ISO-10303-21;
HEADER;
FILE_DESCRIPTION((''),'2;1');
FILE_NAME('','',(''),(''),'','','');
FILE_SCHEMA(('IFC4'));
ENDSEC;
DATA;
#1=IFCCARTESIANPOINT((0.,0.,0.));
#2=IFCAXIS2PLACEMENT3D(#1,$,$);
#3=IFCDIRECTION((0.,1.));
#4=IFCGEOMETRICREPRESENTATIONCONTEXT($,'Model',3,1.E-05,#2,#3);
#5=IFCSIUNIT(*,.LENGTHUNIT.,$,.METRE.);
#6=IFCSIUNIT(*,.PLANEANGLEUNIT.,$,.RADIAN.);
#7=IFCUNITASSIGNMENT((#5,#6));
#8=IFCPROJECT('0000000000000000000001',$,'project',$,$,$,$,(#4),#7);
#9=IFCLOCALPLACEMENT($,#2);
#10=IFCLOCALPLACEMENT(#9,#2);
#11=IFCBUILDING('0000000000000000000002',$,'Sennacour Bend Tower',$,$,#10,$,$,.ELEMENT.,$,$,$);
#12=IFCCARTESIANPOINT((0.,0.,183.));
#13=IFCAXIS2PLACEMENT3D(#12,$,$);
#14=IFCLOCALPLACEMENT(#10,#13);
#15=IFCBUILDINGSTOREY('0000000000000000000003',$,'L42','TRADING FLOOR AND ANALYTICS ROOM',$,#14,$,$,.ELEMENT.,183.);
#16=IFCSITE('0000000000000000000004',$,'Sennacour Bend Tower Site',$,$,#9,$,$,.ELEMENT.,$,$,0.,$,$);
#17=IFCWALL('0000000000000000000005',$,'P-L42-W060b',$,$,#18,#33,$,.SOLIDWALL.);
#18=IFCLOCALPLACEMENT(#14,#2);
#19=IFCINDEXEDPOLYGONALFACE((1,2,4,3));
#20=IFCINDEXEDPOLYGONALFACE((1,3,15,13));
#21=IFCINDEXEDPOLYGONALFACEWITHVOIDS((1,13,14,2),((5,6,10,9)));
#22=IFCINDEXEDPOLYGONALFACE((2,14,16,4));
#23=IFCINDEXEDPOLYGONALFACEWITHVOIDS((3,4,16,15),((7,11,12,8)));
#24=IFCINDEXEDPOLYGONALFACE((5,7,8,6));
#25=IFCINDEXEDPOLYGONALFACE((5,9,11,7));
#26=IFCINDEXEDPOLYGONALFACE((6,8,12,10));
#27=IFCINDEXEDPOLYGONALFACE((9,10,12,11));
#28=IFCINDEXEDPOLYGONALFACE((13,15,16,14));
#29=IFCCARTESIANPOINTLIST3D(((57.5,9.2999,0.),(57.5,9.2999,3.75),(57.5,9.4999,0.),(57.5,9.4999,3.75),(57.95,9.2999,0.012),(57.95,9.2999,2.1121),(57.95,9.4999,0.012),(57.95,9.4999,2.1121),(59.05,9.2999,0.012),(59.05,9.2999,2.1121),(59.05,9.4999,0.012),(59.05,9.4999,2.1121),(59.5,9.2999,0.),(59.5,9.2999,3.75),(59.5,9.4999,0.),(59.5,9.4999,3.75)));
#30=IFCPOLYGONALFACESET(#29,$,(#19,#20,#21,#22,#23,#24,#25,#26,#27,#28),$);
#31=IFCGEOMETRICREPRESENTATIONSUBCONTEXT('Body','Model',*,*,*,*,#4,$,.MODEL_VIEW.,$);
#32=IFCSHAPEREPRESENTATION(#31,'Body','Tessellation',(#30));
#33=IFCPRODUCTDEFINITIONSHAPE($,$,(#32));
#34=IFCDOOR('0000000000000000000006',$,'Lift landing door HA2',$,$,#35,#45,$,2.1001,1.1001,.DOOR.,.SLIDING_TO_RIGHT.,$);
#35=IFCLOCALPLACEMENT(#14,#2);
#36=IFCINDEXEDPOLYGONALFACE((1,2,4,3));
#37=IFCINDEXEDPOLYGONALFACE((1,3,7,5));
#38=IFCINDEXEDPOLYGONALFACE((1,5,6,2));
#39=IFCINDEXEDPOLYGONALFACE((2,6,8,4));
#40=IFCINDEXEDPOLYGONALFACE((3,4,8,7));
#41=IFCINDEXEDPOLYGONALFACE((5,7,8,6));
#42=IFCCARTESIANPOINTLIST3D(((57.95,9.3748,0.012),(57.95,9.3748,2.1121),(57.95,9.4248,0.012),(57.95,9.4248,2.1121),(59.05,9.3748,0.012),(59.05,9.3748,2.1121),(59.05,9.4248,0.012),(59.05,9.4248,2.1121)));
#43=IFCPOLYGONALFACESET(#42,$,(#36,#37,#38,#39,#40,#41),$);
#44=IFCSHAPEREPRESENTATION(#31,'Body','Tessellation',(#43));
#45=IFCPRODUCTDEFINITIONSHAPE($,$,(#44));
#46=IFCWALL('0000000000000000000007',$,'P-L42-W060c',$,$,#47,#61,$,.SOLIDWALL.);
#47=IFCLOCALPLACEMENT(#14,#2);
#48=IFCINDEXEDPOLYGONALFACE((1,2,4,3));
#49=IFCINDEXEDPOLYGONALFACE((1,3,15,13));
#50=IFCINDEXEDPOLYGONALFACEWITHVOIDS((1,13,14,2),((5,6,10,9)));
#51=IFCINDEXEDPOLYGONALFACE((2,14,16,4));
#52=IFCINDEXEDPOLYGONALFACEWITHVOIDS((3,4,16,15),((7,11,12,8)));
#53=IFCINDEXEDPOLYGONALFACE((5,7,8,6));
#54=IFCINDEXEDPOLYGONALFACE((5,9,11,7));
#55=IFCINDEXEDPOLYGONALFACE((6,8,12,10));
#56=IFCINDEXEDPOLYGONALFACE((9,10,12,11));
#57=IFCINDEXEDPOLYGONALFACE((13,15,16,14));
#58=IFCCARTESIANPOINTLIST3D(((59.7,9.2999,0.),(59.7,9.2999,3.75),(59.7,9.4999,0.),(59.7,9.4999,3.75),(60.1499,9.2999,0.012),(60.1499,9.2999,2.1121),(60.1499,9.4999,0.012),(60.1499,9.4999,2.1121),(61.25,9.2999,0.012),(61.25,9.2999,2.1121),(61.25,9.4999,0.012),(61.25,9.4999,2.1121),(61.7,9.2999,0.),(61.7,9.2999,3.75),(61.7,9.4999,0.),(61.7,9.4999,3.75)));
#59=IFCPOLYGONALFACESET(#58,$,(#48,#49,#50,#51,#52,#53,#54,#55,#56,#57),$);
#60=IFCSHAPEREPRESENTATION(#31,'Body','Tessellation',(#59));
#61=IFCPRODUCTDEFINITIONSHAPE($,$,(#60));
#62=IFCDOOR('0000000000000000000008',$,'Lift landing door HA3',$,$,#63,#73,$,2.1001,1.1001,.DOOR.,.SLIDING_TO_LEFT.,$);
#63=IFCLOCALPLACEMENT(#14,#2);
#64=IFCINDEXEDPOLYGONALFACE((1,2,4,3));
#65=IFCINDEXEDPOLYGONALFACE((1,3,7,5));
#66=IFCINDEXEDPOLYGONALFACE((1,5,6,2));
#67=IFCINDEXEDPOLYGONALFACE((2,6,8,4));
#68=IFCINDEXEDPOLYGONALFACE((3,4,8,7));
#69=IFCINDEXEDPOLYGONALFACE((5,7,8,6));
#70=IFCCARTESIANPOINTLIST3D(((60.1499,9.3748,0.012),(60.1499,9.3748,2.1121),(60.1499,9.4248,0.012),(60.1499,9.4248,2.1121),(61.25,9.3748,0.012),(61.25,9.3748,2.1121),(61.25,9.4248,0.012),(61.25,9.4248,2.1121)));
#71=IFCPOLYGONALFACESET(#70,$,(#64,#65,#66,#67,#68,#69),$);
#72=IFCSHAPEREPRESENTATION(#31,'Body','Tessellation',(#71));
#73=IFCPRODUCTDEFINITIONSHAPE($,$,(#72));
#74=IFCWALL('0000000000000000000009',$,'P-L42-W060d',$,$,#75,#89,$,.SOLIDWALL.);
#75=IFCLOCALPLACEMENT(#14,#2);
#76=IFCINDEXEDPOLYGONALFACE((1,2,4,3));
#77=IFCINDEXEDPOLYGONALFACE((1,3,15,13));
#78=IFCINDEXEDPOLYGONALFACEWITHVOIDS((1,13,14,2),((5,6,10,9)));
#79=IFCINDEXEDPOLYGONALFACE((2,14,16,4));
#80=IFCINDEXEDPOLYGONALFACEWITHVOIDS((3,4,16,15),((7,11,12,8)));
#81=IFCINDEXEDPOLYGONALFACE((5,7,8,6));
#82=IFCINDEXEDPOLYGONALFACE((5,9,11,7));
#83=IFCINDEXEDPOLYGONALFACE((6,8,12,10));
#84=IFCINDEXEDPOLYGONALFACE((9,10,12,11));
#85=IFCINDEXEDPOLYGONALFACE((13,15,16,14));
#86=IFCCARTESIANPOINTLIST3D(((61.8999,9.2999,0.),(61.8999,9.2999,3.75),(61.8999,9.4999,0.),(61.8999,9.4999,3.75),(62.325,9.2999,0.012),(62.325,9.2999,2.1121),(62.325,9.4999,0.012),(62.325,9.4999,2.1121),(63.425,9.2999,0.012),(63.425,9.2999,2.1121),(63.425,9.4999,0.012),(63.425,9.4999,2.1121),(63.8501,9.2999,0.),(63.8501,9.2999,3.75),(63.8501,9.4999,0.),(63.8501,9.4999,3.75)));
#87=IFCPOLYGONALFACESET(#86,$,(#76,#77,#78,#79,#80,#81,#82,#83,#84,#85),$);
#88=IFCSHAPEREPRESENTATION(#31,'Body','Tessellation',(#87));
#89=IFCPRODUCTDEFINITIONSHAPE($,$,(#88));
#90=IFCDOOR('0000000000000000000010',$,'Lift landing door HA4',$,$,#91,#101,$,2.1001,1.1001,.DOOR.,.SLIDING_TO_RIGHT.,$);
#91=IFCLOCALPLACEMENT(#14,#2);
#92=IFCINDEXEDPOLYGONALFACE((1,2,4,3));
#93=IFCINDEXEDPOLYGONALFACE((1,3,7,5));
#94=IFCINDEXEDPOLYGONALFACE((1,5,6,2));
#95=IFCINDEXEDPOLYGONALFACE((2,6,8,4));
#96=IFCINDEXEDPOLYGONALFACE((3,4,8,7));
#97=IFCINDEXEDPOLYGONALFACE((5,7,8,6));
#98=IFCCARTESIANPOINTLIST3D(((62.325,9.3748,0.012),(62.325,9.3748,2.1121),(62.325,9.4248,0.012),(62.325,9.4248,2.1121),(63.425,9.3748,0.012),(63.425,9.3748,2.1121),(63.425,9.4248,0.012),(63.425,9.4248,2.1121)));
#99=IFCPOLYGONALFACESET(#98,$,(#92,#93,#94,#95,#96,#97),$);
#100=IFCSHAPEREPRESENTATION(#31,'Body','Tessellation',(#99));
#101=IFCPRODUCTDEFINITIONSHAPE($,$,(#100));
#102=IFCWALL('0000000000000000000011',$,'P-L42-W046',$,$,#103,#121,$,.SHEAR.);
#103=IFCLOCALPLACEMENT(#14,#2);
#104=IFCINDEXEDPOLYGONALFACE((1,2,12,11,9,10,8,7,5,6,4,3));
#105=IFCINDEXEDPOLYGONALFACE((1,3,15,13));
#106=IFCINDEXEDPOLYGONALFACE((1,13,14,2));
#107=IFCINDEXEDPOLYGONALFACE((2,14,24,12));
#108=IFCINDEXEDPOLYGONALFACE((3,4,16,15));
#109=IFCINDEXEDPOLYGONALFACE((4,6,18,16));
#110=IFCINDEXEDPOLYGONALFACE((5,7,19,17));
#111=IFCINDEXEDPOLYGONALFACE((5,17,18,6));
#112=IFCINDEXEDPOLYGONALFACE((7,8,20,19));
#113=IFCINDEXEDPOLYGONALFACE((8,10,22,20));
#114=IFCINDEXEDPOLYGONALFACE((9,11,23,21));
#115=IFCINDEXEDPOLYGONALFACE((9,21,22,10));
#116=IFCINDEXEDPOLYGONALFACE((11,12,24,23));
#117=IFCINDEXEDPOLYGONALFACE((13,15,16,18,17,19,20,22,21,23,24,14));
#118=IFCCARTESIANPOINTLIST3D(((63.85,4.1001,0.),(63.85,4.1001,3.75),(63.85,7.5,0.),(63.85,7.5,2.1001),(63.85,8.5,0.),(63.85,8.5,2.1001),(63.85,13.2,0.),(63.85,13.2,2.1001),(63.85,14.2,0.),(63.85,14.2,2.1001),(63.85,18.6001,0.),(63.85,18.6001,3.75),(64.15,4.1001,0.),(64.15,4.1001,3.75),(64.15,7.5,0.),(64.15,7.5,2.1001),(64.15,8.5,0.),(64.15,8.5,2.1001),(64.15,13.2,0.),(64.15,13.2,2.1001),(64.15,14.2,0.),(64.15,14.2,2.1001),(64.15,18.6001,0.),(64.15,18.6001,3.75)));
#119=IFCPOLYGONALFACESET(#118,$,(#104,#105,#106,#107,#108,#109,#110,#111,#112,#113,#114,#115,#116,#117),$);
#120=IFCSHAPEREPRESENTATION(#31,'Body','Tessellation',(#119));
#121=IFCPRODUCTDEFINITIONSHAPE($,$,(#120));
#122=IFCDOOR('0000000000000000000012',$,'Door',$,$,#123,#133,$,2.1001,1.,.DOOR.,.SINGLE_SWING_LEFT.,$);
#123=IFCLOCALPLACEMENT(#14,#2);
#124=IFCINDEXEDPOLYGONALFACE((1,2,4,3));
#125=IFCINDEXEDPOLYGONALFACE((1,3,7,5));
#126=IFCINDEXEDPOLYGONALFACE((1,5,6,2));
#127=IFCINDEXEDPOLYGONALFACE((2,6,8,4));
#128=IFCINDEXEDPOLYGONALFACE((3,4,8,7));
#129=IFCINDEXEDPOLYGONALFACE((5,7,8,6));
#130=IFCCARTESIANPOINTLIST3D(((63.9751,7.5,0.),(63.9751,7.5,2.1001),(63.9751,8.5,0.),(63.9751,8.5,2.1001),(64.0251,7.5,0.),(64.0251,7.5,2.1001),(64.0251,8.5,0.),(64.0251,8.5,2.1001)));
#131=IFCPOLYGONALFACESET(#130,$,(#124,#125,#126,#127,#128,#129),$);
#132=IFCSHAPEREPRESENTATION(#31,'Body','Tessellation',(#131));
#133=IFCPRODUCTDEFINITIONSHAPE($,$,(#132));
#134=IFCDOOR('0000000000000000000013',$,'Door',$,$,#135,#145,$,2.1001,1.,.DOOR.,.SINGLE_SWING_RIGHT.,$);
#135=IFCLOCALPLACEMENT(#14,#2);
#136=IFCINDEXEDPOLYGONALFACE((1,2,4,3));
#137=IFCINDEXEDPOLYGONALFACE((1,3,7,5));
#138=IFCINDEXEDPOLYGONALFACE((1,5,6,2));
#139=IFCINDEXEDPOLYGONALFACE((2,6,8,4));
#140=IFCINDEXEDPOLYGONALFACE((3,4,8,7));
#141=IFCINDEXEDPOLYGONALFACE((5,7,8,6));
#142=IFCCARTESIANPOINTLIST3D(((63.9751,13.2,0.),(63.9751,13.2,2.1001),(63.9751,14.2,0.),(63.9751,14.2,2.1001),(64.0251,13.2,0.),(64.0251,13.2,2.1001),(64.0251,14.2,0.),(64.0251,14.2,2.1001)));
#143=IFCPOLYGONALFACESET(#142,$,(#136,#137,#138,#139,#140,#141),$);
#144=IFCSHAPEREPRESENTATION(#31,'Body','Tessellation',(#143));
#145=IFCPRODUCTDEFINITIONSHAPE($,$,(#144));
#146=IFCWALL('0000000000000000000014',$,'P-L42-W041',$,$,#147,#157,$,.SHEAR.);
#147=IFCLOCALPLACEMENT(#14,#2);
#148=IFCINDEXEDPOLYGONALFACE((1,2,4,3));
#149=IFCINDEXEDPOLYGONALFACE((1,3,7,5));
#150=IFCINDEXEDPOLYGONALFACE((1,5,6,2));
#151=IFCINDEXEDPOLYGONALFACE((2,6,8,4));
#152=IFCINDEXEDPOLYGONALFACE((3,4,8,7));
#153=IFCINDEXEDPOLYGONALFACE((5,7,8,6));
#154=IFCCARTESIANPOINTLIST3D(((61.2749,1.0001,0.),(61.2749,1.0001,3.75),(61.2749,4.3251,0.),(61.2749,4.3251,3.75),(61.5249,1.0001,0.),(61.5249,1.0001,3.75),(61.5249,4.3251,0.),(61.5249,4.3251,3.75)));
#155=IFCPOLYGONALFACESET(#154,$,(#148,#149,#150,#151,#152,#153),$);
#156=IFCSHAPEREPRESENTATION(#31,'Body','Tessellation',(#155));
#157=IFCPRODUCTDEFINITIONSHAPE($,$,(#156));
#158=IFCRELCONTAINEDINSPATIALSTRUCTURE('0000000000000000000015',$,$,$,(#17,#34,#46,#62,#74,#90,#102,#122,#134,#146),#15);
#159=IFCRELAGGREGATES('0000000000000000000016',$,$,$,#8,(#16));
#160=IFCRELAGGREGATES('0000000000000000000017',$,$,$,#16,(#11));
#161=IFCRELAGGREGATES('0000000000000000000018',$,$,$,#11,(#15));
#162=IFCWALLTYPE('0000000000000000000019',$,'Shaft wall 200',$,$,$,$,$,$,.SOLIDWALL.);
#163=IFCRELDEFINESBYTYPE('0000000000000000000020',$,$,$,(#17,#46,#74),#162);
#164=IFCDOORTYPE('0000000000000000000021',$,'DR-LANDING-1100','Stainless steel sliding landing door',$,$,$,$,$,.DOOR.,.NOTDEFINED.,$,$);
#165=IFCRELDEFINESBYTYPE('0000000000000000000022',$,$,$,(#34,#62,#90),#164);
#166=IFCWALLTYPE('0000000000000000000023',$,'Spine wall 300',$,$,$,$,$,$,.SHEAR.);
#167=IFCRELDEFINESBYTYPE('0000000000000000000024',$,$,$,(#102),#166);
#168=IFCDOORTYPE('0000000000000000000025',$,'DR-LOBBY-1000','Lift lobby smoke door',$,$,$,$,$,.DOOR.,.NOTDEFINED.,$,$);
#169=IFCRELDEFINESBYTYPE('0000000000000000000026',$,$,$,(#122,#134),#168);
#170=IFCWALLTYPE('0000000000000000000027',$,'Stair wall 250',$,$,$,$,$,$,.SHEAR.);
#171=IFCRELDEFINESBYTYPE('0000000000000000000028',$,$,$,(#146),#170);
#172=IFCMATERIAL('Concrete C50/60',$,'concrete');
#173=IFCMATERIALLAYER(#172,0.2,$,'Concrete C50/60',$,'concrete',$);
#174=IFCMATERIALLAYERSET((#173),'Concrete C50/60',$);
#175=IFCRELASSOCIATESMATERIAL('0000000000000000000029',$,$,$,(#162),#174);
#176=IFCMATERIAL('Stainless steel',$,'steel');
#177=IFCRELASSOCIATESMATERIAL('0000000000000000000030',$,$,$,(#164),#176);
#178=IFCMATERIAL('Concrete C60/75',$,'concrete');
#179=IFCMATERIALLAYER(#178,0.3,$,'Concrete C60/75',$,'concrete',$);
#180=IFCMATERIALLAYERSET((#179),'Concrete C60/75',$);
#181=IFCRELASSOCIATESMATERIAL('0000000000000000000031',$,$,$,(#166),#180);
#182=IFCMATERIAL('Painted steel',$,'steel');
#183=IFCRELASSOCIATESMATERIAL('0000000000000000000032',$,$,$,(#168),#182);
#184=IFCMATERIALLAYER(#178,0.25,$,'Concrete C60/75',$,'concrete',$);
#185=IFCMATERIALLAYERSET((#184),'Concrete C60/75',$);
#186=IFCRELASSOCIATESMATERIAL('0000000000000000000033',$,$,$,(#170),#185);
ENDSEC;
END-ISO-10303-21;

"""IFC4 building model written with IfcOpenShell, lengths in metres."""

from ifc_helpers import new_model, si_unit, direction, frame, frame_2d, origin, place, context, subcontext, project, spatial, rectangle, extrude, material, layer, layer_set, type_object, element, fill, save


model = new_model("IFC4")

# Units and contexts
model_context = context("Model", 3, precision=1e-05, world=origin(), true_north=direction((0.0, 1.0)))
body_context = subcontext(model_context, "Body", "Model", "MODEL_VIEW")
ifc_project = project(units=[si_unit("LENGTHUNIT", "METRE"), si_unit("PLANEANGLEUNIT", "RADIAN")], contexts=[model_context])

# Site, building, storey
site_placement = place(None, origin())
site = spatial("IfcSite", under=ifc_project, at=site_placement, Name="Sennacour Bend Tower Site", CompositionType="ELEMENT", RefElevation=0.0)
building_placement = place(site_placement, origin())
building = spatial("IfcBuilding", under=site, at=building_placement, Name="Sennacour Bend Tower", CompositionType="ELEMENT")
storey_placement = place(building_placement, frame((0.0, 0.0, 183.0)))
storey = spatial("IfcBuildingStorey", under=building, at=storey_placement, Name="L42", Description="TRADING FLOOR AND ANALYTICS ROOM", CompositionType="ELEMENT", Elevation=183.0)

# Shared definitions
ifc_material_1 = material(Name="Concrete C60/75", Category="concrete")

# Shared definitions
ifc_material_2 = material(Name="Painted steel", Category="steel")

# Shared definitions
ifc_material_3 = material(Name="Concrete C50/60", Category="concrete")
ifc_layer_1 = layer(ifc_material_3, 0.2, Name="Concrete C50/60", Category="concrete")
ifc_layer_set_1 = layer_set([ifc_layer_1], Name="Concrete C50/60")
wall_type_1 = type_object("IfcWallType", Name="Shaft wall 200", PredefinedType="SOLIDWALL", material=ifc_layer_set_1)

# Walls, openings, doors
wall_1_placement = place(storey_placement, frame((57.5, 9.3999, 0.0), z_axis=(0.0, 0.0, 1.0), x_axis=(1.0, 0.0, 0.0)))
wall_1 = element("IfcWall", 1, at=wall_1_placement, inside=storey, type_object=wall_type_1, Name="P-L42-W060b", PredefinedType="SOLIDWALL", context=body_context, shape_type="SweptSolid", body=[
    extrude(rectangle(XDim=2.0, YDim=0.2, at=frame_2d((1.0, 0.0))), origin(), (0.0, 0.0, 1.0), 3.75),
])
opening_1_placement = place(wall_1_placement, frame((0.45, 0.0, 0.012)))
opening_1 = element("IfcOpeningElement", 2, at=opening_1_placement, cuts=wall_1, PredefinedType="OPENING", context=body_context, shape_type="SweptSolid", body=[
    extrude(rectangle(XDim=1.1001, YDim=2.1001, at=frame_2d((0.55, 1.05))), frame((0.0, 0.1099, 0.0), z_axis=(0.0, -1.0, 0.0), x_axis=(1.0, 0.0, 0.0)), (0.0, 0.0, 1.0), 0.22),
])
ifc_material_4 = material(Name="Stainless steel", Category="steel")
door_type_1 = type_object("IfcDoorType", Name="DR-LANDING-1100", Description="Stainless steel sliding landing door", OperationType="NOTDEFINED", PredefinedType="DOOR", material=ifc_material_4)
door_1_placement = place(opening_1_placement, origin())
door_1 = element("IfcDoor", 3, at=door_1_placement, inside=storey, type_object=door_type_1, Name="Lift landing door HA2", OperationType="SLIDING_TO_RIGHT", OverallHeight=2.1001, OverallWidth=1.1001, PredefinedType="DOOR", context=body_context, shape_type="SweptSolid", body=[
    extrude(rectangle(XDim=1.1001, YDim=2.1001, at=frame_2d((0.55, 1.05))), frame((0.0, 0.0249, 0.0), z_axis=(0.0, -1.0, 0.0), x_axis=(1.0, 0.0, 0.0)), (0.0, 0.0, 1.0), 0.05),
])
fill(opening_1, door_1)
wall_2_placement = place(storey_placement, frame((59.7, 9.3999, 0.0), z_axis=(0.0, 0.0, 1.0), x_axis=(1.0, 0.0, 0.0)))
wall_2 = element("IfcWall", 4, at=wall_2_placement, inside=storey, type_object=wall_type_1, Name="P-L42-W060c", PredefinedType="SOLIDWALL", context=body_context, shape_type="SweptSolid", body=[
    extrude(rectangle(XDim=2.0, YDim=0.2, at=frame_2d((1.0, 0.0))), origin(), (0.0, 0.0, 1.0), 3.75),
])
opening_2_placement = place(wall_2_placement, frame((0.45, 0.0, 0.012)))
opening_2 = element("IfcOpeningElement", 5, at=opening_2_placement, cuts=wall_2, PredefinedType="OPENING", context=body_context, shape_type="SweptSolid", body=[
    extrude(rectangle(XDim=1.1001, YDim=2.1001, at=frame_2d((0.55, 1.05))), frame((0.0, 0.1099, 0.0), z_axis=(0.0, -1.0, 0.0), x_axis=(1.0, 0.0, 0.0)), (0.0, 0.0, 1.0), 0.22),
])
door_2_placement = place(opening_2_placement, origin())
door_2 = element("IfcDoor", 6, at=door_2_placement, inside=storey, type_object=door_type_1, Name="Lift landing door HA3", OperationType="SLIDING_TO_LEFT", OverallHeight=2.1001, OverallWidth=1.1001, PredefinedType="DOOR", context=body_context, shape_type="SweptSolid", body=[
    extrude(rectangle(XDim=1.1001, YDim=2.1001, at=frame_2d((0.55, 1.05))), frame((0.0, 0.0249, 0.0), z_axis=(0.0, -1.0, 0.0), x_axis=(1.0, 0.0, 0.0)), (0.0, 0.0, 1.0), 0.05),
])
fill(opening_2, door_2)
wall_3_placement = place(storey_placement, frame((61.8999, 9.3999, 0.0), z_axis=(0.0, 0.0, 1.0), x_axis=(1.0, 0.0, 0.0)))
wall_3 = element("IfcWall", 7, at=wall_3_placement, inside=storey, type_object=wall_type_1, Name="P-L42-W060d", PredefinedType="SOLIDWALL", context=body_context, shape_type="SweptSolid", body=[
    extrude(rectangle(XDim=1.9502, YDim=0.2, at=frame_2d((0.9751, 0.0))), origin(), (0.0, 0.0, 1.0), 3.75),
])
opening_3_placement = place(wall_3_placement, frame((0.425, 0.0, 0.012)))
opening_3 = element("IfcOpeningElement", 8, at=opening_3_placement, cuts=wall_3, PredefinedType="OPENING", context=body_context, shape_type="SweptSolid", body=[
    extrude(rectangle(XDim=1.1001, YDim=2.1001, at=frame_2d((0.55, 1.05))), frame((0.0, 0.1099, 0.0), z_axis=(0.0, -1.0, 0.0), x_axis=(1.0, 0.0, 0.0)), (0.0, 0.0, 1.0), 0.22),
])
door_3_placement = place(opening_3_placement, origin())
door_3 = element("IfcDoor", 9, at=door_3_placement, inside=storey, type_object=door_type_1, Name="Lift landing door HA4", OperationType="SLIDING_TO_RIGHT", OverallHeight=2.1001, OverallWidth=1.1001, PredefinedType="DOOR", context=body_context, shape_type="SweptSolid", body=[
    extrude(rectangle(XDim=1.1001, YDim=2.1001, at=frame_2d((0.55, 1.05))), frame((0.0, 0.0249, 0.0), z_axis=(0.0, -1.0, 0.0), x_axis=(1.0, 0.0, 0.0)), (0.0, 0.0, 1.0), 0.05),
])
fill(opening_3, door_3)

# Wall, openings, doors
ifc_layer_2 = layer(ifc_material_1, 0.3, Name="Concrete C60/75", Category="concrete")
ifc_layer_set_2 = layer_set([ifc_layer_2], Name="Concrete C60/75")
wall_type_2 = type_object("IfcWallType", Name="Spine wall 300", PredefinedType="SHEAR", material=ifc_layer_set_2)
wall_4_placement = place(storey_placement, frame((64.0, 4.1001, 0.0), z_axis=(0.0, 0.0, 1.0), x_axis=(0.0, 1.0, 0.0)))
wall_4 = element("IfcWall", 10, at=wall_4_placement, inside=storey, type_object=wall_type_2, Name="P-L42-W046", PredefinedType="SHEAR", context=body_context, shape_type="SweptSolid", body=[
    extrude(rectangle(XDim=14.5, YDim=0.3, at=frame_2d((7.25, 0.0))), origin(), (0.0, 0.0, 1.0), 3.75),
])
opening_4_placement = place(wall_4_placement, frame((3.3999, 0.0, 0.0)))
opening_4 = element("IfcOpeningElement", 11, at=opening_4_placement, cuts=wall_4, PredefinedType="OPENING", context=body_context, shape_type="SweptSolid", body=[
    extrude(rectangle(XDim=1.0, YDim=2.1001, at=frame_2d((0.5, 1.05))), frame((0.0, 0.1602, 0.0), z_axis=(0.0, -1.0, 0.0), x_axis=(1.0, 0.0, 0.0)), (0.0, 0.0, 1.0), 0.3201),
])
opening_5_placement = place(wall_4_placement, frame((9.0999, 0.0, 0.0)))
opening_5 = element("IfcOpeningElement", 12, at=opening_5_placement, cuts=wall_4, PredefinedType="OPENING", context=body_context, shape_type="SweptSolid", body=[
    extrude(rectangle(XDim=1.0, YDim=2.1001, at=frame_2d((0.5, 1.05))), frame((0.0, 0.1602, 0.0), z_axis=(0.0, -1.0, 0.0), x_axis=(1.0, 0.0, 0.0)), (0.0, 0.0, 1.0), 0.3201),
])
door_type_2 = type_object("IfcDoorType", Name="DR-LOBBY-1000", Description="Lift lobby smoke door", OperationType="NOTDEFINED", PredefinedType="DOOR", material=ifc_material_2)
door_4_placement = place(opening_4_placement, origin())
door_4 = element("IfcDoor", 13, at=door_4_placement, inside=storey, type_object=door_type_2, Name="Door", OperationType="SINGLE_SWING_LEFT", OverallHeight=2.1001, OverallWidth=1.0, PredefinedType="DOOR", context=body_context, shape_type="SweptSolid", body=[
    extrude(rectangle(XDim=1.0, YDim=2.1001, at=frame_2d((0.5, 1.05))), frame((0.0, 0.0249, 0.0), z_axis=(0.0, -1.0, 0.0), x_axis=(1.0, 0.0, 0.0)), (0.0, 0.0, 1.0), 0.05),
])
fill(opening_4, door_4)
door_5_placement = place(opening_5_placement, origin())
door_5 = element("IfcDoor", 14, at=door_5_placement, inside=storey, type_object=door_type_2, Name="Door", OperationType="SINGLE_SWING_RIGHT", OverallHeight=2.1001, OverallWidth=1.0, PredefinedType="DOOR", context=body_context, shape_type="SweptSolid", body=[
    extrude(rectangle(XDim=1.0, YDim=2.1001, at=frame_2d((0.5, 1.05))), frame((0.0, 0.0249, 0.0), z_axis=(0.0, -1.0, 0.0), x_axis=(1.0, 0.0, 0.0)), (0.0, 0.0, 1.0), 0.05),
])
fill(opening_5, door_5)

# Wall
ifc_layer_3 = layer(ifc_material_1, 0.25, Name="Concrete C60/75", Category="concrete")
ifc_layer_set_3 = layer_set([ifc_layer_3], Name="Concrete C60/75")
wall_type_3 = type_object("IfcWallType", Name="Stair wall 250", PredefinedType="SHEAR", material=ifc_layer_set_3)
wall_5_placement = place(storey_placement, frame((61.3999, 1.0, 0.0), z_axis=(0.0, 0.0, 1.0), x_axis=(0.0, 1.0, 0.0)))
element("IfcWall", 15, at=wall_5_placement, inside=storey, type_object=wall_type_3, Name="P-L42-W041", PredefinedType="SHEAR", context=body_context, shape_type="SweptSolid", body=[
    extrude(rectangle(XDim=3.325, YDim=0.25, at=frame_2d((1.6626, 0.0))), origin(), (0.0, 0.0, 1.0), 3.75),
])

save(model, "model.ifc")
